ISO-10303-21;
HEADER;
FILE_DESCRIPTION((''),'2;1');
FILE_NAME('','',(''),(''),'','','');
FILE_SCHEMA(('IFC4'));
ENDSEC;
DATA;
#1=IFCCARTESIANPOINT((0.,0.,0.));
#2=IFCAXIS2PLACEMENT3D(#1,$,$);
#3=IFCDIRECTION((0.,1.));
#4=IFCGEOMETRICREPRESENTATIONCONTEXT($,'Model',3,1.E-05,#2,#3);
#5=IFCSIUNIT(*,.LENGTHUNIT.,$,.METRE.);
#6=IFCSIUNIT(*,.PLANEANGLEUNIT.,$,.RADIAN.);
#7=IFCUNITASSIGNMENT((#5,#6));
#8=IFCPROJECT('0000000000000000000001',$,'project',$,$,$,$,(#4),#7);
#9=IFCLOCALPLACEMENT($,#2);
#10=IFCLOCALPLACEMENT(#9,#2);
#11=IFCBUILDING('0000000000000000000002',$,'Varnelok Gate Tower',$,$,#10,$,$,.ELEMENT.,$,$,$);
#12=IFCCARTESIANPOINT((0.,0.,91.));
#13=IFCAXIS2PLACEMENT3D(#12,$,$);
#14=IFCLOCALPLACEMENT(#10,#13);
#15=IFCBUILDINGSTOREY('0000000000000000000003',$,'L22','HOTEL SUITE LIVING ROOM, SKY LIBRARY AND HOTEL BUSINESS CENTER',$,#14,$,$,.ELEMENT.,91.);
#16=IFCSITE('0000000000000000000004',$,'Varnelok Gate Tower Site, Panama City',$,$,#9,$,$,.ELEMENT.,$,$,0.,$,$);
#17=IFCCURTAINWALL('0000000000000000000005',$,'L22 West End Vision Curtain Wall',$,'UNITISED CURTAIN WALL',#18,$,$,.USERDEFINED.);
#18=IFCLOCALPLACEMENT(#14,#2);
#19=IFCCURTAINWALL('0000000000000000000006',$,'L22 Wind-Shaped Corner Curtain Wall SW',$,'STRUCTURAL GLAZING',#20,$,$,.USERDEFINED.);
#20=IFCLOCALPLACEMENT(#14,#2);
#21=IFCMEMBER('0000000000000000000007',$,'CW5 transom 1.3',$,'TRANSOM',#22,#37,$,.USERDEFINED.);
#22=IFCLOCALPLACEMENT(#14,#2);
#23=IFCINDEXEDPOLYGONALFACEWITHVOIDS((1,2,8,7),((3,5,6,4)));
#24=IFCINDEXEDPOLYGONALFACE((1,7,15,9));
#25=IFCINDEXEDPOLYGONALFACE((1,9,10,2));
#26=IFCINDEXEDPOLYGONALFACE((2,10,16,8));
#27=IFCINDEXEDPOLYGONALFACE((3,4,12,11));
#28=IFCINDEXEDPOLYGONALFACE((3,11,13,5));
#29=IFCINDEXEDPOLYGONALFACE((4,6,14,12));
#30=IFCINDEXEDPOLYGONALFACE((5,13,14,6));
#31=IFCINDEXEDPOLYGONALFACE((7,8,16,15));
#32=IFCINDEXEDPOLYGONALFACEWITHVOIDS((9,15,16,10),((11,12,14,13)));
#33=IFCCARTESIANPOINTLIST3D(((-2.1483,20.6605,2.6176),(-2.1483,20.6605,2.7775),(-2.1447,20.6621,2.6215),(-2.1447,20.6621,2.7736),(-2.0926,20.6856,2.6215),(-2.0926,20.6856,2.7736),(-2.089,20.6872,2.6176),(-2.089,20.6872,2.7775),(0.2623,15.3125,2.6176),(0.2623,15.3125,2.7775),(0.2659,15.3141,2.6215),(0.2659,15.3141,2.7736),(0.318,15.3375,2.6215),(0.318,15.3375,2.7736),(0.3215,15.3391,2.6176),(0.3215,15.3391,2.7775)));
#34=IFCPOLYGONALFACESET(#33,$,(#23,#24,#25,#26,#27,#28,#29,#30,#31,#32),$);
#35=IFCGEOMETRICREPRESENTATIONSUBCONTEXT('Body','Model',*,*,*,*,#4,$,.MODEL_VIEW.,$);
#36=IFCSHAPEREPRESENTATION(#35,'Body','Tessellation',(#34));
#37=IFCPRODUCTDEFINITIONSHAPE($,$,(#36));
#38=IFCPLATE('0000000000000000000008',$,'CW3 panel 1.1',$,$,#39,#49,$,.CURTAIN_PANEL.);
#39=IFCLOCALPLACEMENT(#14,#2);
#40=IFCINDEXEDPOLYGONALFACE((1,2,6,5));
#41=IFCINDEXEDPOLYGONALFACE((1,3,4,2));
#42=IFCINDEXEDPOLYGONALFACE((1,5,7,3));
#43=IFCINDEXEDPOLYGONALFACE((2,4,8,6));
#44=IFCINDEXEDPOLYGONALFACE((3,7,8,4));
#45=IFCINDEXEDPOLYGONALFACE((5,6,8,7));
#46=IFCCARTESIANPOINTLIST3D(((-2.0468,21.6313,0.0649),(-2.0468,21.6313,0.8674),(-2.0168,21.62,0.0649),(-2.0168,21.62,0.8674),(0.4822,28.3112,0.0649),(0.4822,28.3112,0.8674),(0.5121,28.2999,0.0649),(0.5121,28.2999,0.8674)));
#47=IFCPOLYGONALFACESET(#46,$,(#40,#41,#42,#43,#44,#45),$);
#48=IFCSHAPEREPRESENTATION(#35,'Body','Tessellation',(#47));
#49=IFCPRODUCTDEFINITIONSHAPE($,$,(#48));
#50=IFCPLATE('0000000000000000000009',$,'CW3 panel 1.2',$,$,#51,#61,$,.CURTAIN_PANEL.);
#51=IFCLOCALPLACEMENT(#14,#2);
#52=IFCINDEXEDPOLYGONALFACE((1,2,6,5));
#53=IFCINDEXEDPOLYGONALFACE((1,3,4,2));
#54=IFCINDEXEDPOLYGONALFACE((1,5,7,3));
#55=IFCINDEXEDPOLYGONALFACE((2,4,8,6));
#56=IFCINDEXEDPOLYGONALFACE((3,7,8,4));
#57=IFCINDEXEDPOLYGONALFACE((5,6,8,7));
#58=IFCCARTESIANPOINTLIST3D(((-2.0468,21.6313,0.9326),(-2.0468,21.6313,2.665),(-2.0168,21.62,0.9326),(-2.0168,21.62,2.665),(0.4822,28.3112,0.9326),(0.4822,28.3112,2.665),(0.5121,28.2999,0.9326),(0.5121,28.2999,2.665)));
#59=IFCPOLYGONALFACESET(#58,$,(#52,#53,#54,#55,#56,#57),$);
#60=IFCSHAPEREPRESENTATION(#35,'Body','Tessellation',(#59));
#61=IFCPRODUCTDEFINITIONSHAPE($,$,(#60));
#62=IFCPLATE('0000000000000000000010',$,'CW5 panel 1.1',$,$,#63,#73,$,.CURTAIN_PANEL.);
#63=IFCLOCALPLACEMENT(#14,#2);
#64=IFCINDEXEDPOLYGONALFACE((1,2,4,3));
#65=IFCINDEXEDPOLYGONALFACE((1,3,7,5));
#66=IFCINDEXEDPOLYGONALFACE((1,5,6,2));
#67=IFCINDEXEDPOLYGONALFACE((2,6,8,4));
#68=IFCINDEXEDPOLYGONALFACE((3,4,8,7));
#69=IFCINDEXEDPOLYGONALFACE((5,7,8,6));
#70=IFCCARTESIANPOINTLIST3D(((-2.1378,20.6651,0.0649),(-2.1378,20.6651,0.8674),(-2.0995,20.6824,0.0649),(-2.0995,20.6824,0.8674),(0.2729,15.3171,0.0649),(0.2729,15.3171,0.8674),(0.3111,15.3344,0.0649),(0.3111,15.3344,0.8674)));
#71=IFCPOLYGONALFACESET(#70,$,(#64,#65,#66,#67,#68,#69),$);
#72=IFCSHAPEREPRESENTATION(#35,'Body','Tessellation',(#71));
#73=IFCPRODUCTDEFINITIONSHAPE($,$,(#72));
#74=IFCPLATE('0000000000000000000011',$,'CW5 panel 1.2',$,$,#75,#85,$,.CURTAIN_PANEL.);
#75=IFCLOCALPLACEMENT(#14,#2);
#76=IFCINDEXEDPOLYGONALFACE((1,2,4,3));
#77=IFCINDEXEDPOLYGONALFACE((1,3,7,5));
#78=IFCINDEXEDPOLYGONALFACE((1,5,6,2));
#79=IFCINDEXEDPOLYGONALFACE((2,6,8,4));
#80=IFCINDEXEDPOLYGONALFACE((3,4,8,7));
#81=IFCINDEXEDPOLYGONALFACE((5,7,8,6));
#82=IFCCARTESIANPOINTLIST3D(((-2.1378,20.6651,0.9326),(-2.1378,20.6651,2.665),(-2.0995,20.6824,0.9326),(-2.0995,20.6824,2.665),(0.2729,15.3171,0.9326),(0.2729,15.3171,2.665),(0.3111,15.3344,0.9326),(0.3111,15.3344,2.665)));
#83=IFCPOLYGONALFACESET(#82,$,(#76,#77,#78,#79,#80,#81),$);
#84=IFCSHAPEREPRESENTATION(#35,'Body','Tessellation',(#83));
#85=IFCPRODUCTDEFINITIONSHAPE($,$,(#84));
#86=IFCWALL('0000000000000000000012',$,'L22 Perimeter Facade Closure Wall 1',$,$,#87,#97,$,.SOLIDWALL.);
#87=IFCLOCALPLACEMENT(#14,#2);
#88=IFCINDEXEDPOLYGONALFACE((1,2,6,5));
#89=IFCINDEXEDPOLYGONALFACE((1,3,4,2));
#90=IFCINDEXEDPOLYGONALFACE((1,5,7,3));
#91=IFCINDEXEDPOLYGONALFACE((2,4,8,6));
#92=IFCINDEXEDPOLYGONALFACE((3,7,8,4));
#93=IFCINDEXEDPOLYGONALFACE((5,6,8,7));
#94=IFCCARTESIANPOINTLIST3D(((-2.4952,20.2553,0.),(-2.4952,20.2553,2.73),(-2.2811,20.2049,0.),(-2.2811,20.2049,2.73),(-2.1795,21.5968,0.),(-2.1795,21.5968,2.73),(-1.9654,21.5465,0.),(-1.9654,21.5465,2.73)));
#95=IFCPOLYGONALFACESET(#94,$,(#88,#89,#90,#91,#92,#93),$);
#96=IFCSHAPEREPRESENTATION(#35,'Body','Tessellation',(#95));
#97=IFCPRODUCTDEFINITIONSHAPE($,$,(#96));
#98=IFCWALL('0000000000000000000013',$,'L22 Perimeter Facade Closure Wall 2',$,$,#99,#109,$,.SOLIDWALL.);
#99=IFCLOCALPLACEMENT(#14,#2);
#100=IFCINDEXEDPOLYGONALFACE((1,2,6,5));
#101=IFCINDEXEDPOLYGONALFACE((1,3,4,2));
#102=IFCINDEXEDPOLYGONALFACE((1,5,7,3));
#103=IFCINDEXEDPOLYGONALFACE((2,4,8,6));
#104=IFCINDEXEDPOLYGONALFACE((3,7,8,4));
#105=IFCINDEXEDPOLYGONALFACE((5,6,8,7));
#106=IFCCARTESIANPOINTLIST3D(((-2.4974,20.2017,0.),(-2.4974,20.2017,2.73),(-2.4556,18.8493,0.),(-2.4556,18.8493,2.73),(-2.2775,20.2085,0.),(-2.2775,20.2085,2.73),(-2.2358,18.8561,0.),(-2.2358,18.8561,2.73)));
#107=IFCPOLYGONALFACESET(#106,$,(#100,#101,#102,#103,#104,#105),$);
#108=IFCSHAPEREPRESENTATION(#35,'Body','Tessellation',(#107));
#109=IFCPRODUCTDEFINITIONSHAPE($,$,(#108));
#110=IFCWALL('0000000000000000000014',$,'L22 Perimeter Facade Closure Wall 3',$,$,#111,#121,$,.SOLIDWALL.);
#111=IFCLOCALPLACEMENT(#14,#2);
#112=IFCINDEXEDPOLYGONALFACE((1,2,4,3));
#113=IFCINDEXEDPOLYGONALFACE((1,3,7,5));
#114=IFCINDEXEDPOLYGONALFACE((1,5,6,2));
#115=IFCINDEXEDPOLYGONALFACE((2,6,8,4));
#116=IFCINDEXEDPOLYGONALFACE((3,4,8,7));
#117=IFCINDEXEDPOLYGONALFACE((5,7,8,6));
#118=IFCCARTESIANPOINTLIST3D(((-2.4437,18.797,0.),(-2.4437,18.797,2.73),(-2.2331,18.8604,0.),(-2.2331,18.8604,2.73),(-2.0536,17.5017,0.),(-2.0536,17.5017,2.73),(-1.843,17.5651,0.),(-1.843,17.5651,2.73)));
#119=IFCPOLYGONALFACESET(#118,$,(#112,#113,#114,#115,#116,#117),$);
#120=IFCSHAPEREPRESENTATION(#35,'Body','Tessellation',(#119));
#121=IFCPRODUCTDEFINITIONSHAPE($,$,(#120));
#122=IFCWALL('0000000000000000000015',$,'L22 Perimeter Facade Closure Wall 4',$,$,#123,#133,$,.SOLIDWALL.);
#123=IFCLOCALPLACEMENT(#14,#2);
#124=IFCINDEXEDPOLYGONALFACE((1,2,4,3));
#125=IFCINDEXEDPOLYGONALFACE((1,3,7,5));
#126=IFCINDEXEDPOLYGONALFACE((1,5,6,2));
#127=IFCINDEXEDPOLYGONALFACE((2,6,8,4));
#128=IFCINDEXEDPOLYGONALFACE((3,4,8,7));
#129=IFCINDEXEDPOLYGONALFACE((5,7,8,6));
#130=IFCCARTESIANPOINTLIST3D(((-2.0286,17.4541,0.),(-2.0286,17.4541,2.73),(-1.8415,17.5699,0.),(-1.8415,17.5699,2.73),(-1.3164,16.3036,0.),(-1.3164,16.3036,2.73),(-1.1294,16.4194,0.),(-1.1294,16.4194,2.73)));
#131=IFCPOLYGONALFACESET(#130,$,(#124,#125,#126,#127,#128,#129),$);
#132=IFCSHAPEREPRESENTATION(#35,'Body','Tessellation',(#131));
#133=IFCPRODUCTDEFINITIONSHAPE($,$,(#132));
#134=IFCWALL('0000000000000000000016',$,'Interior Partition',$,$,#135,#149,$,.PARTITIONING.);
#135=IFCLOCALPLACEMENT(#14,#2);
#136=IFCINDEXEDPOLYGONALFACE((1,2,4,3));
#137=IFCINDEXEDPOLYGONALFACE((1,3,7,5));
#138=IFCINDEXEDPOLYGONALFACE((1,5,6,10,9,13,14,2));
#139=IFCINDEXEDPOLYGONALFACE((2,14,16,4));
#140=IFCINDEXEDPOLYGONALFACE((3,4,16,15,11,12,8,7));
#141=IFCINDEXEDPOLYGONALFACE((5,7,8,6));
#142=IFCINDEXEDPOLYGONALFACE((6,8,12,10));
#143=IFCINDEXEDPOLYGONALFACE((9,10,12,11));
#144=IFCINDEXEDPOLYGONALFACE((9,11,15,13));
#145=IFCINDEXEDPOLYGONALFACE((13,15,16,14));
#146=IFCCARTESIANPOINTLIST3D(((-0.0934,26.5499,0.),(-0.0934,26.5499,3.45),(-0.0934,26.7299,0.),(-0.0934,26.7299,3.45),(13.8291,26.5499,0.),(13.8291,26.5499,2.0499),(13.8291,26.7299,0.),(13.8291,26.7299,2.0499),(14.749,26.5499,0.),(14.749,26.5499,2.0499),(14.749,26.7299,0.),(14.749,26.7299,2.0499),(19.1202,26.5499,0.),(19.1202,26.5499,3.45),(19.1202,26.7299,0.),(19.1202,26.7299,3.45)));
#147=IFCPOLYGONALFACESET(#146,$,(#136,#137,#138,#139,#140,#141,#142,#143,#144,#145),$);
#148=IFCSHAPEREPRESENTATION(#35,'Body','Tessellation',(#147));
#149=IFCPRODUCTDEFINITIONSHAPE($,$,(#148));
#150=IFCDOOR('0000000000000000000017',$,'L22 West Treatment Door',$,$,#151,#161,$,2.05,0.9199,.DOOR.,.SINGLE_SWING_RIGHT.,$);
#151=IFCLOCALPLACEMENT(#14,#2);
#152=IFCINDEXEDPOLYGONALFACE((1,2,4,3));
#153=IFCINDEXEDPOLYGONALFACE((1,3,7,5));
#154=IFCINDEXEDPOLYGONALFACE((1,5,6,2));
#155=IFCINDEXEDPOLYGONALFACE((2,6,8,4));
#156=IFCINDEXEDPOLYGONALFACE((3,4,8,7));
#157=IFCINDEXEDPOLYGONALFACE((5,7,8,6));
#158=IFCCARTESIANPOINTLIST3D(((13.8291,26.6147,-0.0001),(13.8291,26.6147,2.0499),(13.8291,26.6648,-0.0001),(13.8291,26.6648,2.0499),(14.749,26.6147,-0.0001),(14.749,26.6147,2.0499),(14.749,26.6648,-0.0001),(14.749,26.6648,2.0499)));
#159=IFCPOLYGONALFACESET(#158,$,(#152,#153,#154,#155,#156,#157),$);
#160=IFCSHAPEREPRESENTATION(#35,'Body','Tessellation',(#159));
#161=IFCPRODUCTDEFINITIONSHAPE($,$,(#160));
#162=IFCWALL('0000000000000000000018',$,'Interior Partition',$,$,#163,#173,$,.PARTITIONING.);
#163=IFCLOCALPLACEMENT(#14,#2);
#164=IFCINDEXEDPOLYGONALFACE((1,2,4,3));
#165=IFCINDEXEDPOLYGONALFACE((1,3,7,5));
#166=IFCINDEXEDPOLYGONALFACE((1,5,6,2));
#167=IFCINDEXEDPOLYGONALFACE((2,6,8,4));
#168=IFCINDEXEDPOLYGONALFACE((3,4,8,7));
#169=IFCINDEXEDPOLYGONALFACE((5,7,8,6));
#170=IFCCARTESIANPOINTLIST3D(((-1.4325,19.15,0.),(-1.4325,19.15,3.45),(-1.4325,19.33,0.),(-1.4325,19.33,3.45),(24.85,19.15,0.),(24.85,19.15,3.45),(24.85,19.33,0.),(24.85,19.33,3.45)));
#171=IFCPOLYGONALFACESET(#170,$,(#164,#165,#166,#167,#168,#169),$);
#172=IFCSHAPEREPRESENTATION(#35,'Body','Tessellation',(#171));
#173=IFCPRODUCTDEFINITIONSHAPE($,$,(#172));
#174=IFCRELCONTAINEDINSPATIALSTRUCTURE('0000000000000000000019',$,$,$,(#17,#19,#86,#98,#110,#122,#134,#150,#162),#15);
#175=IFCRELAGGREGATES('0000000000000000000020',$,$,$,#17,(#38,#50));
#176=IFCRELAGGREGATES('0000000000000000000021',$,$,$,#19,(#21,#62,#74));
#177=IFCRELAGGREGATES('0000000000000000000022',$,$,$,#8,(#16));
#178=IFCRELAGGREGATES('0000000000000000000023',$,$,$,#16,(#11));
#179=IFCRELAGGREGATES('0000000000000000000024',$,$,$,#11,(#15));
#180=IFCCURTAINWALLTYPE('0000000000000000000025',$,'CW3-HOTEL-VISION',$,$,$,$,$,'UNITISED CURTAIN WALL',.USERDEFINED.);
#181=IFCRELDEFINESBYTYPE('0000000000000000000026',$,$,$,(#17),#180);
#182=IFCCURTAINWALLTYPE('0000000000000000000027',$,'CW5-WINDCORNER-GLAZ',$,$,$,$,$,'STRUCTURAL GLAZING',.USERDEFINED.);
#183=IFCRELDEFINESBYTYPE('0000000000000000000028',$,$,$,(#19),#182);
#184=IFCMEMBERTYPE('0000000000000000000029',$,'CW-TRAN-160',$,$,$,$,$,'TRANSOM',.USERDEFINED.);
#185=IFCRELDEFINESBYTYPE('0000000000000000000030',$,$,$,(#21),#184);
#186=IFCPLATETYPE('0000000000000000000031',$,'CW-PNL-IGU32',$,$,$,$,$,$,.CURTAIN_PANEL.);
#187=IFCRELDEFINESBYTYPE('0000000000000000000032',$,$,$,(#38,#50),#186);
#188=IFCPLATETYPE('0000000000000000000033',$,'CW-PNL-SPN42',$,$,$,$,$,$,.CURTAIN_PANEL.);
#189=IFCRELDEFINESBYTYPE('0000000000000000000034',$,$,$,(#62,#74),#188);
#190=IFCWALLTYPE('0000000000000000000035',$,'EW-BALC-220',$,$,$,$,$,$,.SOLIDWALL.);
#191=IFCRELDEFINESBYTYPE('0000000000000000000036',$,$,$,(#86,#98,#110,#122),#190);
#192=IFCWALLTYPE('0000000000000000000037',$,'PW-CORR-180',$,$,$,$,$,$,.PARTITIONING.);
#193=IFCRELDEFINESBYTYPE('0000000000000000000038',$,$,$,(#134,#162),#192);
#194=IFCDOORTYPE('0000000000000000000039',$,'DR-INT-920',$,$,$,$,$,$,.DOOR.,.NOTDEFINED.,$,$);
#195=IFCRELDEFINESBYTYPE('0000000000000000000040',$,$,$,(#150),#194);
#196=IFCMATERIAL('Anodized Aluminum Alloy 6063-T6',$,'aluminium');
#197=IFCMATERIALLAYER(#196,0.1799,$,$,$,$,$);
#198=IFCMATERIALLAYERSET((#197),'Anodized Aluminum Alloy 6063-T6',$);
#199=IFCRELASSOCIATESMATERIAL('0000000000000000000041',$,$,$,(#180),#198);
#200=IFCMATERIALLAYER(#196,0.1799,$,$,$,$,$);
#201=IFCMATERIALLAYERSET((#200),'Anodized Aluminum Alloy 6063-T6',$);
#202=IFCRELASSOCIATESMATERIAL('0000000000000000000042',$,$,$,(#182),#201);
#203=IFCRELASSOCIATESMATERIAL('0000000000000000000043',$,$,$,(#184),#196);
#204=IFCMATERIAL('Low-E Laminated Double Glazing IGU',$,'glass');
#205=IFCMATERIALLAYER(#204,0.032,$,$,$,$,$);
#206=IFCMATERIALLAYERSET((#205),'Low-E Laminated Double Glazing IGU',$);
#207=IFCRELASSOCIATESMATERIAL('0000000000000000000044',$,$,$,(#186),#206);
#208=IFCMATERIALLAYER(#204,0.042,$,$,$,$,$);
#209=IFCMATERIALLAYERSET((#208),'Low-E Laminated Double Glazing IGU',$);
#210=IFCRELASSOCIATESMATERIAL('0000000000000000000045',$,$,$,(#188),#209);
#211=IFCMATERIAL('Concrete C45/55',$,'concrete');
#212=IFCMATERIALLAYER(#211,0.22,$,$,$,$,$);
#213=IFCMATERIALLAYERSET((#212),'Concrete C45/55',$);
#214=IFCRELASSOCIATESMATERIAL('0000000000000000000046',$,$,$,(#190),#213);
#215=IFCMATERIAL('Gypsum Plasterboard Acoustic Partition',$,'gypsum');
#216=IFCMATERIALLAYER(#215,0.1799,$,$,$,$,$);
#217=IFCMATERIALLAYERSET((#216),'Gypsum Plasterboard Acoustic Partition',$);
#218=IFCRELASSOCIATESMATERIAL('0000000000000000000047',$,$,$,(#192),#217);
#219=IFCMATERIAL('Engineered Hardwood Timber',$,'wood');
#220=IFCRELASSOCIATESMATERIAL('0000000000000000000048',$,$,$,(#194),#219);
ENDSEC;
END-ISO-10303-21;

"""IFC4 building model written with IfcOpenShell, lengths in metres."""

from ifc_helpers import new_model, si_unit, direction, frame, frame_2d, origin, origin_2d, place, context, subcontext, project, spatial, rectangle, hollow_rectangle, extrude, source, transform, mapped, material, layer, layer_set, material_profile, profile_set, type_object, element, fill, aggregate, save


model = new_model("IFC4")

# Units and contexts
model_context = context("Model", 3, precision=1e-05, world=origin(), true_north=direction((0.0, 1.0)))
body_context = subcontext(model_context, "Body", "Model", "MODEL_VIEW")
ifc_project = project(units=[si_unit("LENGTHUNIT", "METRE"), si_unit("PLANEANGLEUNIT", "RADIAN")], contexts=[model_context])

# Site, building, storey
site_placement = place(None, origin())
site = spatial("IfcSite", under=ifc_project, at=site_placement, Name="Varnelok Gate Tower Site, Panama City", CompositionType="ELEMENT", RefElevation=0.0)
building_placement = place(site_placement, origin())
building = spatial("IfcBuilding", under=site, at=building_placement, Name="Varnelok Gate Tower", CompositionType="ELEMENT")
storey_placement = place(building_placement, frame((0.0, 0.0, 91.0)))
storey = spatial("IfcBuildingStorey", under=building, at=storey_placement, Name="L22", Description="HOTEL SUITE LIVING ROOM, SKY LIBRARY AND HOTEL BUSINESS CENTER", CompositionType="ELEMENT", Elevation=91.0)

# Curtain wall
ifc_material_1 = material(Name="Anodized Aluminum Alloy 6063-T6", Category="aluminium")
ifc_layer_1 = layer(ifc_material_1, 0.1799)
ifc_layer_set_1 = layer_set([ifc_layer_1], Name="Anodized Aluminum Alloy 6063-T6")
curtain_wall_type_1 = type_object("IfcCurtainWallType", Name="CW3-HOTEL-VISION", ElementType="UNITISED CURTAIN WALL", PredefinedType="USERDEFINED", material=ifc_layer_set_1)
curtain_wall_1_placement = place(storey_placement, origin())
curtain_wall_1 = element("IfcCurtainWall", 1, at=curtain_wall_1_placement, inside=storey, type_object=curtain_wall_type_1, Name="L22 West End Vision Curtain Wall", ObjectType="UNITISED CURTAIN WALL", PredefinedType="USERDEFINED")

# Curtain wall
ifc_layer_2 = layer(ifc_material_1, 0.1799)
ifc_layer_set_2 = layer_set([ifc_layer_2], Name="Anodized Aluminum Alloy 6063-T6")
curtain_wall_type_2 = type_object("IfcCurtainWallType", Name="CW5-WINDCORNER-GLAZ", ElementType="STRUCTURAL GLAZING", PredefinedType="USERDEFINED", material=ifc_layer_set_2)
curtain_wall_2_placement = place(storey_placement, origin())
curtain_wall_2 = element("IfcCurtainWall", 2, at=curtain_wall_2_placement, inside=storey, type_object=curtain_wall_type_2, Name="L22 Wind-Shaped Corner Curtain Wall SW", ObjectType="STRUCTURAL GLAZING", PredefinedType="USERDEFINED")

# Member
ifc_material_profile_1 = material_profile(ifc_material_1, hollow_rectangle(XDim=0.0649, YDim=0.1599, WallThickness=0.0039, at=origin_2d()), Name="ALU160X65X4")
ifc_profile_set_1 = profile_set([ifc_material_profile_1], Name="Anodized Aluminum Alloy 6063-T6")
member_type_1 = type_object("IfcMemberType", Name="CW-TRAN-160", ElementType="TRANSOM", PredefinedType="USERDEFINED", material=ifc_profile_set_1)
member_1_placement = place(storey_placement, frame((-2.1187, 20.6738, 2.6975), z_axis=(0.410929, -0.911667, 0.0), x_axis=(0.911667, 0.410929, 0.0)))
member_1 = element("IfcMember", 3, at=member_1_placement, type_object=member_type_1, Name="CW5 transom 1.3", ObjectType="TRANSOM", PredefinedType="USERDEFINED", context=body_context, shape_type="SweptSolid", body=[
    extrude(hollow_rectangle(XDim=0.0649, YDim=0.1599, WallThickness=0.0039, at=origin_2d()), origin(), (0.0, 0.0, 1.0), 5.8662),
])

# Plates
ifc_material_2 = material(Name="Low-E Laminated Double Glazing IGU", Category="glass")
ifc_layer_3 = layer(ifc_material_2, 0.032)
ifc_layer_set_3 = layer_set([ifc_layer_3], Name="Low-E Laminated Double Glazing IGU")
plate_type_1 = type_object("IfcPlateType", Name="CW-PNL-IGU32", PredefinedType="CURTAIN_PANEL", material=ifc_layer_set_3)
shared_shape_1 = source(origin(), body_context, "Body", "SweptSolid", [
    extrude(rectangle(XDim=7.1426, YDim=0.032, at=origin_2d()), origin(), (0.0, 0.0, 1.0), 0.8025),
])
plate_1_placement = place(storey_placement, frame((-0.7673, 24.9656, 0.0649), z_axis=(0.0, 0.0, 1.0), x_axis=(0.354064, 0.935221, 0.0)))
plate_1 = element("IfcPlate", 4, at=plate_1_placement, type_object=plate_type_1, Name="CW3 panel 1.1", PredefinedType="CURTAIN_PANEL", context=body_context, shape_type="MappedRepresentation", body=[
    mapped(shared_shape_1, transform((0.0, 0.0, 0.0), scale=1.0)),
])
shared_shape_2 = source(origin(), body_context, "Body", "SweptSolid", [
    extrude(rectangle(XDim=7.1426, YDim=0.032, at=origin_2d()), origin(), (0.0, 0.0, 1.0), 1.7324),
])
plate_2_placement = place(storey_placement, frame((-0.7673, 24.9656, 0.9326), z_axis=(0.0, 0.0, 1.0), x_axis=(0.354064, 0.935221, 0.0)))
plate_2 = element("IfcPlate", 5, at=plate_2_placement, type_object=plate_type_1, Name="CW3 panel 1.2", PredefinedType="CURTAIN_PANEL", context=body_context, shape_type="MappedRepresentation", body=[
    mapped(shared_shape_2, transform((0.0, 0.0, 0.0), scale=1.0)),
])
aggregate(curtain_wall_1, [plate_1, plate_2])
ifc_layer_4 = layer(ifc_material_2, 0.042)
ifc_layer_set_4 = layer_set([ifc_layer_4], Name="Low-E Laminated Double Glazing IGU")
plate_type_2 = type_object("IfcPlateType", Name="CW-PNL-SPN42", PredefinedType="CURTAIN_PANEL", material=ifc_layer_set_4)
shared_shape_3 = source(origin(), body_context, "Body", "SweptSolid", [
    extrude(rectangle(XDim=5.8662, YDim=0.042, at=origin_2d()), origin(), (0.0, 0.0, 1.0), 0.8025),
])
plate_3_placement = place(storey_placement, frame((-0.9133, 17.9998, 0.0649), z_axis=(0.0, 0.0, 1.0), x_axis=(0.410937, -0.911664, 0.0)))
plate_3 = element("IfcPlate", 6, at=plate_3_placement, type_object=plate_type_2, Name="CW5 panel 1.1", PredefinedType="CURTAIN_PANEL", context=body_context, shape_type="MappedRepresentation", body=[
    mapped(shared_shape_3, transform((0.0, 0.0, 0.0), scale=1.0)),
])
shared_shape_4 = source(origin(), body_context, "Body", "SweptSolid", [
    extrude(rectangle(XDim=5.8662, YDim=0.042, at=origin_2d()), origin(), (0.0, 0.0, 1.0), 1.7324),
])
plate_4_placement = place(storey_placement, frame((-0.9133, 17.9998, 0.9326), z_axis=(0.0, 0.0, 1.0), x_axis=(0.410937, -0.911664, 0.0)))
plate_4 = element("IfcPlate", 7, at=plate_4_placement, type_object=plate_type_2, Name="CW5 panel 1.2", PredefinedType="CURTAIN_PANEL", context=body_context, shape_type="MappedRepresentation", body=[
    mapped(shared_shape_4, transform((0.0, 0.0, 0.0), scale=1.0)),
])
aggregate(curtain_wall_2, [member_1, plate_3, plate_4])

# Walls
ifc_material_3 = material(Name="Concrete C45/55", Category="concrete")
ifc_layer_5 = layer(ifc_material_3, 0.22)
ifc_layer_set_5 = layer_set([ifc_layer_5], Name="Concrete C45/55")
wall_type_1 = type_object("IfcWallType", Name="EW-BALC-220", PredefinedType="SOLIDWALL", material=ifc_layer_set_5)
wall_1_placement = place(storey_placement, frame((-2.0725, 21.5715, 0.0), z_axis=(0.0, 0.0, 1.0), x_axis=(-0.229049, -0.973415, 0.0)))
element("IfcWall", 8, at=wall_1_placement, inside=storey, type_object=wall_type_1, Name="L22 Perimeter Facade Closure Wall 1", PredefinedType="SOLIDWALL", context=body_context, shape_type="SweptSolid", body=[
    extrude(rectangle(XDim=1.3782, YDim=0.22, at=frame_2d((0.689, 0.0))), origin(), (0.0, 0.0, 1.0), 2.73),
])
wall_2_placement = place(storey_placement, frame((-2.3875, 20.2051, 0.0), z_axis=(0.0, 0.0, 1.0), x_axis=(0.030857, -0.999524, 0.0)))
element("IfcWall", 9, at=wall_2_placement, inside=storey, type_object=wall_type_1, Name="L22 Perimeter Facade Closure Wall 2", PredefinedType="SOLIDWALL", context=body_context, shape_type="SweptSolid", body=[
    extrude(rectangle(XDim=1.353, YDim=0.22, at=frame_2d((0.6765, 0.0))), origin(), (0.0, 0.0, 1.0), 2.73),
])
wall_3_placement = place(storey_placement, frame((-2.3384, 18.8286, 0.0), z_axis=(0.0, 0.0, 1.0), x_axis=(0.288374, -0.957518, 0.0)))
element("IfcWall", 10, at=wall_3_placement, inside=storey, type_object=wall_type_1, Name="L22 Perimeter Facade Closure Wall 3", PredefinedType="SOLIDWALL", context=body_context, shape_type="SweptSolid", body=[
    extrude(rectangle(XDim=1.3528, YDim=0.22, at=frame_2d((0.6763, 0.0))), origin(), (0.0, 0.0, 1.0), 2.73),
])
wall_4_placement = place(storey_placement, frame((-1.9351, 17.512, 0.0), z_axis=(0.0, 0.0, 1.0), x_axis=(0.526361, -0.850261, 0.0)))
element("IfcWall", 11, at=wall_4_placement, inside=storey, type_object=wall_type_1, Name="L22 Perimeter Facade Closure Wall 4", PredefinedType="SOLIDWALL", context=body_context, shape_type="SweptSolid", body=[
    extrude(rectangle(XDim=1.353, YDim=0.22, at=frame_2d((0.6765, 0.0))), origin(), (0.0, 0.0, 1.0), 2.73),
])

# Wall, opening, door
ifc_material_4 = material(Name="Gypsum Plasterboard Acoustic Partition", Category="gypsum")
ifc_layer_6 = layer(ifc_material_4, 0.1799)
ifc_layer_set_6 = layer_set([ifc_layer_6], Name="Gypsum Plasterboard Acoustic Partition")
wall_type_2 = type_object("IfcWallType", Name="PW-CORR-180", PredefinedType="PARTITIONING", material=ifc_layer_set_6)
wall_5_placement = place(storey_placement, frame((-0.0935, 26.6399, 0.0), z_axis=(0.0, 0.0, 1.0), x_axis=(1.0, 0.0, 0.0)))
wall_5 = element("IfcWall", 12, at=wall_5_placement, inside=storey, type_object=wall_type_2, Name="Interior Partition", PredefinedType="PARTITIONING", context=body_context, shape_type="SweptSolid", body=[
    extrude(rectangle(XDim=19.2136, YDim=0.1799, at=frame_2d((9.6069, 0.0))), origin(), (0.0, 0.0, 1.0), 3.45),
])
opening_placement = place(wall_5_placement, frame((13.9226, 0.0, 0.0)))
opening = element("IfcOpeningElement", 13, at=opening_placement, cuts=wall_5, PredefinedType="OPENING", context=body_context, shape_type="SweptSolid", body=[
    extrude(rectangle(XDim=0.9199, YDim=2.05, at=frame_2d((0.46, 1.0249))), frame((0.0, 0.0999, 0.0), z_axis=(0.0, -1.0, 0.0), x_axis=(1.0, 0.0, 0.0)), (0.0, 0.0, 1.0), 0.2),
])
ifc_material_5 = material(Name="Engineered Hardwood Timber", Category="wood")
door_type = type_object("IfcDoorType", Name="DR-INT-920", OperationType="NOTDEFINED", PredefinedType="DOOR", material=ifc_material_5)
door_placement = place(opening_placement, origin())
door = element("IfcDoor", 14, at=door_placement, inside=storey, type_object=door_type, Name="L22 West Treatment Door", OperationType="SINGLE_SWING_RIGHT", OverallHeight=2.05, OverallWidth=0.9199, PredefinedType="DOOR", context=body_context, shape_type="SweptSolid", body=[
    extrude(rectangle(XDim=0.9199, YDim=2.05, at=frame_2d((0.46, 1.0249))), frame((0.0, 0.0249, 0.0), z_axis=(0.0, -1.0, 0.0), x_axis=(1.0, 0.0, 0.0)), (0.0, 0.0, 1.0), 0.05),
])
fill(opening, door)

# Wall
wall_6_placement = place(storey_placement, frame((-1.4324, 19.24, 0.0), z_axis=(0.0, 0.0, 1.0), x_axis=(1.0, 0.0, 0.0)))
element("IfcWall", 15, at=wall_6_placement, inside=storey, type_object=wall_type_2, Name="Interior Partition", PredefinedType="PARTITIONING", context=body_context, shape_type="SweptSolid", body=[
    extrude(rectangle(XDim=26.2825, YDim=0.1799, at=frame_2d((13.1411, 0.0))), origin(), (0.0, 0.0, 1.0), 3.45),
])

save(model, "model.ifc")
